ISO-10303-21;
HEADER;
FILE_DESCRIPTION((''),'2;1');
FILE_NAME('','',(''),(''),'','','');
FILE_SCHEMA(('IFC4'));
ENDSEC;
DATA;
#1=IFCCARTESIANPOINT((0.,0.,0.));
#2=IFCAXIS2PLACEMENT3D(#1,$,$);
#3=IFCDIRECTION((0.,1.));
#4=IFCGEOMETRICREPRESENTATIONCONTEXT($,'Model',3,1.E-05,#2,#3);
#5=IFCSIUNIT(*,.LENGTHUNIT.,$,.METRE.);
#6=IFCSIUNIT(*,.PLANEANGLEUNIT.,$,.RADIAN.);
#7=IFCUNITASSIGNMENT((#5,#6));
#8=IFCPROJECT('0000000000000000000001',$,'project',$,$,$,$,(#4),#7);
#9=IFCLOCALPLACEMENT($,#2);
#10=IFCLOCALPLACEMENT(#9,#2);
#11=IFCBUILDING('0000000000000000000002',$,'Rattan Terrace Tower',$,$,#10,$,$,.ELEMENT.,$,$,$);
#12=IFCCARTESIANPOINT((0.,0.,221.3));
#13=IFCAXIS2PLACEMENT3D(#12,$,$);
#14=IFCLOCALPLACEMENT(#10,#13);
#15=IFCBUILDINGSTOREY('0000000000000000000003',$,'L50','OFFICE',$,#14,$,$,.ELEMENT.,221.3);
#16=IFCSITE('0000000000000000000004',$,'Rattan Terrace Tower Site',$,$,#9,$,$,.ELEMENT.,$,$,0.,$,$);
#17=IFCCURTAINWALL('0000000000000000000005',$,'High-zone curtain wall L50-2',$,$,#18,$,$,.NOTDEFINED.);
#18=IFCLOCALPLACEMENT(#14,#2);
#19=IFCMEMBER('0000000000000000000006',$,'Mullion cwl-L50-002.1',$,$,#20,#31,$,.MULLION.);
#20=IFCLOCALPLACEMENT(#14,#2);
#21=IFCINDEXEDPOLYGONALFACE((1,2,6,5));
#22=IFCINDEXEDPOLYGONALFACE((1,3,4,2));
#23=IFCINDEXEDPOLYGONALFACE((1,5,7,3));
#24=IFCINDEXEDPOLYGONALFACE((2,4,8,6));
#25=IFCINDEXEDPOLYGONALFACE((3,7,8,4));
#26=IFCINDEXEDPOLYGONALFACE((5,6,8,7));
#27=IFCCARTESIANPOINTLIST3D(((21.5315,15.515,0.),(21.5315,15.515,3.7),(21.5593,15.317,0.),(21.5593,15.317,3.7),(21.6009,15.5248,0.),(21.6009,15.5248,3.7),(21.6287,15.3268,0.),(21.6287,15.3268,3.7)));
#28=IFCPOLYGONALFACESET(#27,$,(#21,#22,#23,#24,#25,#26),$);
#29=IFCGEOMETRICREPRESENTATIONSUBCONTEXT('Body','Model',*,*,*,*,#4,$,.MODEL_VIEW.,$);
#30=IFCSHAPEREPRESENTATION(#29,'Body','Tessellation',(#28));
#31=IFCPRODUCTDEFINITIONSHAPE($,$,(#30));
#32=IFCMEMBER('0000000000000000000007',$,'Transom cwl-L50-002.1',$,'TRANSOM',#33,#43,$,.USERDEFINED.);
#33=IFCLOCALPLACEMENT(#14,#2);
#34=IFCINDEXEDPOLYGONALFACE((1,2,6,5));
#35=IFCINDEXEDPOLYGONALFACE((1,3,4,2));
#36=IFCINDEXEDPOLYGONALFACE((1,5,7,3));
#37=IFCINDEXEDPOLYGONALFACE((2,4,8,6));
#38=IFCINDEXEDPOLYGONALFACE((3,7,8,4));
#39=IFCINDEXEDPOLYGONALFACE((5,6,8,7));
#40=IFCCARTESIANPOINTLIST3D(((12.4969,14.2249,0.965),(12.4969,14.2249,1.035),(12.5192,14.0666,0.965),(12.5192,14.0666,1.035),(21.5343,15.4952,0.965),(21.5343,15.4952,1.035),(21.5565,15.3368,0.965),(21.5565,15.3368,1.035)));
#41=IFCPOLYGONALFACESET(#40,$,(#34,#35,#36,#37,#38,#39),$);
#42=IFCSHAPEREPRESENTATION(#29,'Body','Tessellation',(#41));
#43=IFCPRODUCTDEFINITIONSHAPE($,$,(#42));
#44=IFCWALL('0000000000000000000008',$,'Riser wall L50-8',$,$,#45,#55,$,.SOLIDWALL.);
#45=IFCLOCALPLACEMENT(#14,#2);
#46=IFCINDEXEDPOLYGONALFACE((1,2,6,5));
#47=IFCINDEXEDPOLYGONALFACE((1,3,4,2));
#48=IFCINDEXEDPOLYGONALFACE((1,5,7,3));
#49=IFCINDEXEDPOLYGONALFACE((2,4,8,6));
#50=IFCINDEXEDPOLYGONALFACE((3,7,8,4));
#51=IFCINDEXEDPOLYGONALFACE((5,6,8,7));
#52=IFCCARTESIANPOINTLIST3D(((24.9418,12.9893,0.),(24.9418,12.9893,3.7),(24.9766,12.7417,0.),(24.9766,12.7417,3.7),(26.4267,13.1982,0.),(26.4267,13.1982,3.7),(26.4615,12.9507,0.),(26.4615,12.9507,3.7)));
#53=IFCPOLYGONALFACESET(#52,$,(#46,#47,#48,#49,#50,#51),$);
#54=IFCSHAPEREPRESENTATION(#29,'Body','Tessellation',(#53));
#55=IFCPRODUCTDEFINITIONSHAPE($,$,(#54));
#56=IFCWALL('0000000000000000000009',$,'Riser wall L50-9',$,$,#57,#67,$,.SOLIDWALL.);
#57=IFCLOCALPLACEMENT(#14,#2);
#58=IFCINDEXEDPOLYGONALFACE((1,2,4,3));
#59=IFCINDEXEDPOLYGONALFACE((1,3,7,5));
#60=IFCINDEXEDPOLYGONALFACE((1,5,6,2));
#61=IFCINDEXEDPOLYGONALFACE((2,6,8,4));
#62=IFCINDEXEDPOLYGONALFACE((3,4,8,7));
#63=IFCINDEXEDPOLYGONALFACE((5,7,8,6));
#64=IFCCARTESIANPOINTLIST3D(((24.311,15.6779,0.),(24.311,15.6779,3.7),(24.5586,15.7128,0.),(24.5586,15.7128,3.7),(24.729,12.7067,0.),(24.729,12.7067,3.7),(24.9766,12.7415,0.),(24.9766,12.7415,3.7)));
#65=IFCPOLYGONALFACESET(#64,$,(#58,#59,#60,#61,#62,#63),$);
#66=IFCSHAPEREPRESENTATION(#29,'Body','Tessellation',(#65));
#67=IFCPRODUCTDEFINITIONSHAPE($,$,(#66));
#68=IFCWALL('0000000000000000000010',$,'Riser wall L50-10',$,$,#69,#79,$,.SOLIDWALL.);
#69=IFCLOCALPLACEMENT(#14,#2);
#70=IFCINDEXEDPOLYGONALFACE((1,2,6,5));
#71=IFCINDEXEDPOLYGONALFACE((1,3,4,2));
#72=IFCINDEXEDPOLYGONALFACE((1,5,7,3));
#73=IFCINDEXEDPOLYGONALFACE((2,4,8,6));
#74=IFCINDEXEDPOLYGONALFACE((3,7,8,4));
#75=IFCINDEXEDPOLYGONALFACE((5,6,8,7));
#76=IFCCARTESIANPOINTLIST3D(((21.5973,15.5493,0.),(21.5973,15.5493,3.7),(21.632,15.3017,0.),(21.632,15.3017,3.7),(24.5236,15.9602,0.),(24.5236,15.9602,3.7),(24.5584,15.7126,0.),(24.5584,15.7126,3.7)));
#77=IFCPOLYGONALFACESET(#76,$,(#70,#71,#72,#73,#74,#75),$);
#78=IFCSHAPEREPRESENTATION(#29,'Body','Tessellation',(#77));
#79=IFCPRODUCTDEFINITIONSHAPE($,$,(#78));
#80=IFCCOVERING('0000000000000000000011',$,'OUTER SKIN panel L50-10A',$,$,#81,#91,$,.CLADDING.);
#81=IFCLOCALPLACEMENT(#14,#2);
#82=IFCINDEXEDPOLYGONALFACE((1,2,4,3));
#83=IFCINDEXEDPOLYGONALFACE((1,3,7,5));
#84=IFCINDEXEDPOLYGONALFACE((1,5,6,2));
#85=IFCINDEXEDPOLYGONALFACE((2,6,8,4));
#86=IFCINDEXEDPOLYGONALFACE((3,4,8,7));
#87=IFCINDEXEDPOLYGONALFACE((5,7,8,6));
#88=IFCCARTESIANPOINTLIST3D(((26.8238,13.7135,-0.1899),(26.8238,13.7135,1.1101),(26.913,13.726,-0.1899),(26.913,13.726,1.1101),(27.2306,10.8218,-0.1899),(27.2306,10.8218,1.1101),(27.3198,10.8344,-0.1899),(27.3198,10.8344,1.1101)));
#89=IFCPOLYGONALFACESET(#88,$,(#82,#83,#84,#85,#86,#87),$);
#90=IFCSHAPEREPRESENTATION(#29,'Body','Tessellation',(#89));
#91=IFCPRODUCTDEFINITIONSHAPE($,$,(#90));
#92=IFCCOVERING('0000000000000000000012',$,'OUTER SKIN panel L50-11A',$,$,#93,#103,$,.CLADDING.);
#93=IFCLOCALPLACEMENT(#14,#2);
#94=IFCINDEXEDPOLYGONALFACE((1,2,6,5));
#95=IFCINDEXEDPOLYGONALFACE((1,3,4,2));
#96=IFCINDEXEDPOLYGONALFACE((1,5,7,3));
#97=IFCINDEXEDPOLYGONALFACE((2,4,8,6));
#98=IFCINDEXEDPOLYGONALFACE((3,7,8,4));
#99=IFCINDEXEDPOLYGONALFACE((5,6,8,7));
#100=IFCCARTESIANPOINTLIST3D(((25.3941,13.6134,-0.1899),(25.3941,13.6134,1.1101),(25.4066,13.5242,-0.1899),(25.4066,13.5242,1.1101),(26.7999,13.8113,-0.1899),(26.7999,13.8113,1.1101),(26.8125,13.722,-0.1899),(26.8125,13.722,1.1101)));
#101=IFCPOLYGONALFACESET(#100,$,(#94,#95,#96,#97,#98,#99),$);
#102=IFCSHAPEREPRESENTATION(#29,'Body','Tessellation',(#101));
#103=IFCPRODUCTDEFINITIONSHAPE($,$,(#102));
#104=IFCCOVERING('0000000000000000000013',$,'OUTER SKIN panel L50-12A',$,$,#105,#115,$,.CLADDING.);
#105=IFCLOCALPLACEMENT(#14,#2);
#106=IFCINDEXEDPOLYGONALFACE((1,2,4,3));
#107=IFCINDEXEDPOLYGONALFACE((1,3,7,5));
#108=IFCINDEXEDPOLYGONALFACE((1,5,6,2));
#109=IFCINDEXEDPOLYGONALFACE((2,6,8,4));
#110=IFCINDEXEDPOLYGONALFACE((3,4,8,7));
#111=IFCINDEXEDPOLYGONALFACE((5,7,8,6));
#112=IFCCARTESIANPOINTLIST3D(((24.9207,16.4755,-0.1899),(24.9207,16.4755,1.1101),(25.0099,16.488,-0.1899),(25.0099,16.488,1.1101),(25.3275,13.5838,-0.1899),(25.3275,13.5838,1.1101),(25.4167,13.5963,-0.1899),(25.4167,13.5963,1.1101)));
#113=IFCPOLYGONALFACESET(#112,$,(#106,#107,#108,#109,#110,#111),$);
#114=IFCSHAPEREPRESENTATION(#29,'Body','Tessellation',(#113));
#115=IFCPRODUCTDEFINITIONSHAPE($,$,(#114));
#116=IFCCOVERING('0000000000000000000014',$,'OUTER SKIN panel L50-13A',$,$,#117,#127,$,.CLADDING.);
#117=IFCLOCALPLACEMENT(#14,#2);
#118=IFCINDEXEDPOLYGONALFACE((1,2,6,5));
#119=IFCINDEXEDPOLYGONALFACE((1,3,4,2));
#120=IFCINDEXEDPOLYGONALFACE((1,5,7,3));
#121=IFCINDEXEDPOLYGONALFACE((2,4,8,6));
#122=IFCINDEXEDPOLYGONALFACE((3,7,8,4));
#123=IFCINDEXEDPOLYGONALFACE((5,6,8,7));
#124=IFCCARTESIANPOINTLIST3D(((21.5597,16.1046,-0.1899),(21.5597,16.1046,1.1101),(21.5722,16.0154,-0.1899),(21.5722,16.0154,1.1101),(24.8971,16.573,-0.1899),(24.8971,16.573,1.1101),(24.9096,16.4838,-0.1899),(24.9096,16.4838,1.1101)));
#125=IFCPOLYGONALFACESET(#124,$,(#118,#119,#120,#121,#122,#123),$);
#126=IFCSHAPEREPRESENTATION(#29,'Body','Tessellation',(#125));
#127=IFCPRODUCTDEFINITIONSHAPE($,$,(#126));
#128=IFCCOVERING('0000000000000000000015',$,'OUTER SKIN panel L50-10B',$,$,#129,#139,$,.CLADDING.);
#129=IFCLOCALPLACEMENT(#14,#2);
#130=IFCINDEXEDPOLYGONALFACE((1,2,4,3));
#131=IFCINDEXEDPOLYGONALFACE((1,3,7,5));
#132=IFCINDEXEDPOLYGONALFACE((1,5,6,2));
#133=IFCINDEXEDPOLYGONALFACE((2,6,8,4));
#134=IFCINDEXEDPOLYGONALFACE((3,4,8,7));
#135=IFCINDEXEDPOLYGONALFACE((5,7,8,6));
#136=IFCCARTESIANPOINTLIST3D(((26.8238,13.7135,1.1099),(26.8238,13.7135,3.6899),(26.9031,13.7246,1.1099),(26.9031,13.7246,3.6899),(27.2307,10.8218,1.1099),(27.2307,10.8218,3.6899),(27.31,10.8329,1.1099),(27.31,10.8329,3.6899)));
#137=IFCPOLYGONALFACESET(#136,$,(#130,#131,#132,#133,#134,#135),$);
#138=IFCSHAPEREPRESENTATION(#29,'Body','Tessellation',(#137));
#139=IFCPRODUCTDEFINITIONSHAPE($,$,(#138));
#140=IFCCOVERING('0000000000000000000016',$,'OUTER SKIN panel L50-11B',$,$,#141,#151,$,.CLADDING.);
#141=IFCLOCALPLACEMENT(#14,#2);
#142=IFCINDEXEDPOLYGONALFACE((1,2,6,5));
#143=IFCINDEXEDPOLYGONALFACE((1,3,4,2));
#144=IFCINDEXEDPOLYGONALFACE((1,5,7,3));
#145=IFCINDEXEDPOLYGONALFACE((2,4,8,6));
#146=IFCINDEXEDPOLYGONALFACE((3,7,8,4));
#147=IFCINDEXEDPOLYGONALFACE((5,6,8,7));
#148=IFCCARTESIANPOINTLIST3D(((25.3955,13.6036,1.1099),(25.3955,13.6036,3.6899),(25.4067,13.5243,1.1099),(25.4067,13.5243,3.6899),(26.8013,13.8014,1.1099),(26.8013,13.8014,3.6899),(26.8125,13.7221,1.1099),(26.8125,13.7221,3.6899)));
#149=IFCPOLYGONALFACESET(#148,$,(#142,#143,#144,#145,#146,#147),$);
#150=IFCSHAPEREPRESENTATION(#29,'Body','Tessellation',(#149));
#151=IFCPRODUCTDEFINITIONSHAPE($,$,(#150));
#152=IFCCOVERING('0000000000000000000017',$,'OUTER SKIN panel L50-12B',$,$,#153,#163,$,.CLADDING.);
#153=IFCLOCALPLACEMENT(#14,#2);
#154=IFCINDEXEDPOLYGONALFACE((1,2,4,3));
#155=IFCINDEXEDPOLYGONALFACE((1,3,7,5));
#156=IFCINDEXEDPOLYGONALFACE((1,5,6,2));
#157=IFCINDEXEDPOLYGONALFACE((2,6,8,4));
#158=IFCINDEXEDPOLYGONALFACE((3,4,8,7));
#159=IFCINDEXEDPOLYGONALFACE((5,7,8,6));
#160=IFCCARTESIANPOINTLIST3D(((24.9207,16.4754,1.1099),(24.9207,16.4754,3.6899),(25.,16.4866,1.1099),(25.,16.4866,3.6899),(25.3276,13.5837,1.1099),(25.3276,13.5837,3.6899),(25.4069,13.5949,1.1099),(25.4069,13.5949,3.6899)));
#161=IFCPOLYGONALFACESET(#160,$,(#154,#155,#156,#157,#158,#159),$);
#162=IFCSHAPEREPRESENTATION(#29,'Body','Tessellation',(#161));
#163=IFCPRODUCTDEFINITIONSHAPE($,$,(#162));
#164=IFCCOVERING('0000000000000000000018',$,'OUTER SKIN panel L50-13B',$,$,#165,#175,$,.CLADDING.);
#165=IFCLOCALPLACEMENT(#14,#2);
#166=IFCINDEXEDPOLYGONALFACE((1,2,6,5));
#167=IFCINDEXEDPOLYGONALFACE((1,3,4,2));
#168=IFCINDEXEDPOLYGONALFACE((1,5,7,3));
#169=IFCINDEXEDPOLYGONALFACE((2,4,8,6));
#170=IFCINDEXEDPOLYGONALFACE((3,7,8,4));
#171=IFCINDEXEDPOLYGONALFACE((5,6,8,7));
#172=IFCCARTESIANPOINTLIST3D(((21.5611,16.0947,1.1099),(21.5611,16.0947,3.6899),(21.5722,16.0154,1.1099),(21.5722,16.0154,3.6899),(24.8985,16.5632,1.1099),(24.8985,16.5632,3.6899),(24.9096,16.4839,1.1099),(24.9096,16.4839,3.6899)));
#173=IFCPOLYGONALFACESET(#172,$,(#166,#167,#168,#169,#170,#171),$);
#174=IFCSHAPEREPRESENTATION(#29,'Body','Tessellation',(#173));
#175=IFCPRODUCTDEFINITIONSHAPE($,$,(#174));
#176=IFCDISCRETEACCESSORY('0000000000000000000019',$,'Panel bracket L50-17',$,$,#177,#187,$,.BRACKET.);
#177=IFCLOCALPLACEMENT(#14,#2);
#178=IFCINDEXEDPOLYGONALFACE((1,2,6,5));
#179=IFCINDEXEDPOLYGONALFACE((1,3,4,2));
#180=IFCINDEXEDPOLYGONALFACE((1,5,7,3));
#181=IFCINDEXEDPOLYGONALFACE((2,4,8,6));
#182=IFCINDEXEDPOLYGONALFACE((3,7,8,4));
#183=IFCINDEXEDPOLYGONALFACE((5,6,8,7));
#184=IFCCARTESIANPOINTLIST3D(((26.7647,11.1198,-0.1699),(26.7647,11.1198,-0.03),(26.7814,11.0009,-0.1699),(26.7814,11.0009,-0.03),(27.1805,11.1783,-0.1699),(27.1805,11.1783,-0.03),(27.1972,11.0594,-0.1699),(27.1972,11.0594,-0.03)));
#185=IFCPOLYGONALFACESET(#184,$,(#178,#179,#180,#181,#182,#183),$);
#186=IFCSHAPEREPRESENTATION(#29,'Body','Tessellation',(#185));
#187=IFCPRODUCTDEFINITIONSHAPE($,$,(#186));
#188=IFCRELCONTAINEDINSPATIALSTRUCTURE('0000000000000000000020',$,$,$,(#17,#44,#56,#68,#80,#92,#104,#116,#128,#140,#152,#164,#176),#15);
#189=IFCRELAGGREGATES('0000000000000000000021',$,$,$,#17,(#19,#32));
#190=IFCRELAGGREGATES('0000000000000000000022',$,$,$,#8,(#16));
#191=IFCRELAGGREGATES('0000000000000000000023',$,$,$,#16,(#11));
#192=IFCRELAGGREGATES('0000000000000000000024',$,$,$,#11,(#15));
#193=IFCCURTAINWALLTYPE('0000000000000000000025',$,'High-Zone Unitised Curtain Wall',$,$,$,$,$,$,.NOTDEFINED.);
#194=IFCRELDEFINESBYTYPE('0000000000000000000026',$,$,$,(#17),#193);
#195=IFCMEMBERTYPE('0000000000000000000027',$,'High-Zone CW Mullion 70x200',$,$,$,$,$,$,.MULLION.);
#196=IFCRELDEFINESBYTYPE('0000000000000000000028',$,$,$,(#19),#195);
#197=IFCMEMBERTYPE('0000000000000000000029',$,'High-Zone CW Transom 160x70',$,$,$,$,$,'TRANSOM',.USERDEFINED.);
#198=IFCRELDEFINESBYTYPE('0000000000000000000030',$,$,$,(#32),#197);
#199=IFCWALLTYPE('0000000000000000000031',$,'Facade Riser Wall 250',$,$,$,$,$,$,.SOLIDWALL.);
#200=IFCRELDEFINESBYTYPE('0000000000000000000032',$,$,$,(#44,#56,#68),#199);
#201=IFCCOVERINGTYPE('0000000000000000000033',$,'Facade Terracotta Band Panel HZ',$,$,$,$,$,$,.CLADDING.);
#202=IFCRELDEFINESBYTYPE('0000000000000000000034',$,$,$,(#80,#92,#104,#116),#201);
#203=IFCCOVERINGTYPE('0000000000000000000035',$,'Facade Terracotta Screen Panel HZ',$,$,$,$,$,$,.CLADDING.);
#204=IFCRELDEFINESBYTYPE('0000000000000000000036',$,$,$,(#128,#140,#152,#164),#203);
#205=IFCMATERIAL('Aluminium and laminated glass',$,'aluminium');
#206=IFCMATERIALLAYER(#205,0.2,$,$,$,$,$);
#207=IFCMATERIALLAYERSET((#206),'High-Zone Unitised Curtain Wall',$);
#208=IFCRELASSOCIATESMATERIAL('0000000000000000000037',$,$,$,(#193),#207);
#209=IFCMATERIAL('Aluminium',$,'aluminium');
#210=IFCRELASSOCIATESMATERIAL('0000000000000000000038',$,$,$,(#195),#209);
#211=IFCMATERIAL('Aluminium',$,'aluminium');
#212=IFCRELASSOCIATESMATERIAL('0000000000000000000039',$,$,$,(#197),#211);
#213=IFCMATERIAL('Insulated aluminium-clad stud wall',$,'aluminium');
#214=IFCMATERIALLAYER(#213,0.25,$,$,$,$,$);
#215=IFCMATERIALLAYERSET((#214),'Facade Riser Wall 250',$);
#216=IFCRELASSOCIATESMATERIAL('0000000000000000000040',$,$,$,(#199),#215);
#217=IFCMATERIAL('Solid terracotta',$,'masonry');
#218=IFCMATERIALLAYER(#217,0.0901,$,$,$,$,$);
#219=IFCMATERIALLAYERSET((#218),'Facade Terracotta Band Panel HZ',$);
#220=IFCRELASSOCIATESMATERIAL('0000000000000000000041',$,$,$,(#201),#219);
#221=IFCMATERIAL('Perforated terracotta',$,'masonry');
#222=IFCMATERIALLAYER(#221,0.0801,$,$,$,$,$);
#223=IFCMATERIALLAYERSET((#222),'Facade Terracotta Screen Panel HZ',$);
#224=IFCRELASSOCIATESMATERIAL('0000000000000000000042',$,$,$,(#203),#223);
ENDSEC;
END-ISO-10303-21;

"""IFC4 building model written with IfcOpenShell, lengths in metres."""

from ifc_helpers import new_model, si_unit, direction, frame, frame_2d, origin, origin_2d, place, context, subcontext, project, spatial, rectangle, extrude, material, layer, layer_set, material_profile, profile_set, type_object, element, aggregate, save


model = new_model("IFC4")

# Units and contexts
model_context = context("Model", 3, precision=1e-05, world=origin(), true_north=direction((0.0, 1.0)))
body_context = subcontext(model_context, "Body", "Model", "MODEL_VIEW")
ifc_project = project(units=[si_unit("LENGTHUNIT", "METRE"), si_unit("PLANEANGLEUNIT", "RADIAN")], contexts=[model_context])

# Site, building, storey
site_placement = place(None, origin())
site = spatial("IfcSite", under=ifc_project, at=site_placement, Name="Rattan Terrace Tower Site", CompositionType="ELEMENT", RefElevation=0.0)
building_placement = place(site_placement, origin())
building = spatial("IfcBuilding", under=site, at=building_placement, Name="Rattan Terrace Tower", CompositionType="ELEMENT")
storey_placement = place(building_placement, frame((0.0, 0.0, 221.3)))
storey = spatial("IfcBuildingStorey", under=building, at=storey_placement, Name="L50", Description="OFFICE", CompositionType="ELEMENT", Elevation=221.3)

# Curtain wall, members
ifc_material_1 = material(Name="Aluminium and laminated glass", Category="aluminium")
ifc_layer_1 = layer(ifc_material_1, 0.2)
ifc_layer_set_1 = layer_set([ifc_layer_1], Name="High-Zone Unitised Curtain Wall")
curtain_wall_type = type_object("IfcCurtainWallType", Name="High-Zone Unitised Curtain Wall", PredefinedType="NOTDEFINED", material=ifc_layer_set_1)
curtain_wall_placement = place(storey_placement, origin())
curtain_wall = element("IfcCurtainWall", 1, at=curtain_wall_placement, inside=storey, type_object=curtain_wall_type, Name="High-zone curtain wall L50-2", PredefinedType="NOTDEFINED")
ifc_material_2 = material(Name="Aluminium", Category="aluminium")
ifc_material_profile_1 = material_profile(ifc_material_2, rectangle(XDim=0.0701, YDim=0.2, at=origin_2d()), Name="Aluminium 70x200")
ifc_profile_set_1 = profile_set([ifc_material_profile_1], Name="Aluminium")
member_type_1 = type_object("IfcMemberType", Name="High-Zone CW Mullion 70x200", PredefinedType="MULLION", material=ifc_profile_set_1)
member_1_placement = place(storey_placement, frame((21.5801, 15.4209, 0.0), z_axis=(0.0, 0.0, 1.0), x_axis=(-0.990267, -0.139177, 0.0)))
member_1 = element("IfcMember", 2, at=member_1_placement, type_object=member_type_1, Name="Mullion cwl-L50-002.1", PredefinedType="MULLION", context=body_context, shape_type="SweptSolid", body=[
    extrude(rectangle(XDim=0.0701, YDim=0.2, at=origin_2d()), origin(), (0.0, 0.0, 1.0), 3.7),
])
ifc_material_3 = material(Name="Aluminium", Category="aluminium")
ifc_material_profile_2 = material_profile(ifc_material_3, rectangle(XDim=0.1599, YDim=0.0701, at=origin_2d()), Name="Aluminium 160x70")
ifc_profile_set_2 = profile_set([ifc_material_profile_2], Name="Aluminium")
member_type_2 = type_object("IfcMemberType", Name="High-Zone CW Transom 160x70", ElementType="TRANSOM", PredefinedType="USERDEFINED", material=ifc_profile_set_2)
member_2_placement = place(storey_placement, frame((21.5454, 15.416, 1.0), z_axis=(-0.990266, -0.139189, 0.0), x_axis=(0.139189, -0.990266, 0.0)))
member_2 = element("IfcMember", 3, at=member_2_placement, type_object=member_type_2, Name="Transom cwl-L50-002.1", ObjectType="TRANSOM", PredefinedType="USERDEFINED", context=body_context, shape_type="SweptSolid", body=[
    extrude(rectangle(XDim=0.1599, YDim=0.0701, at=origin_2d()), origin(), (0.0, 0.0, 1.0), 9.1262),
])
aggregate(curtain_wall, [member_1, member_2])

# Walls
ifc_material_4 = material(Name="Insulated aluminium-clad stud wall", Category="aluminium")
ifc_layer_2 = layer(ifc_material_4, 0.25)
ifc_layer_set_2 = layer_set([ifc_layer_2], Name="Facade Riser Wall 250")
wall_type = type_object("IfcWallType", Name="Facade Riser Wall 250", PredefinedType="SOLIDWALL", material=ifc_layer_set_2)
wall_1_placement = place(storey_placement, frame((26.4441, 13.0745, 0.0), z_axis=(0.0, 0.0, 1.0), x_axis=(-0.99024, -0.13937, 0.0)))
element("IfcWall", 4, at=wall_1_placement, inside=storey, type_object=wall_type, Name="Riser wall L50-8", PredefinedType="SOLIDWALL", context=body_context, shape_type="SweptSolid", body=[
    extrude(rectangle(XDim=1.4995, YDim=0.25, at=frame_2d((0.7498, 0.0))), origin(), (0.0, 0.0, 1.0), 3.7),
])
wall_2_placement = place(storey_placement, frame((24.8528, 12.7241, 0.0), z_axis=(0.0, 0.0, 1.0), x_axis=(-0.139302, 0.99025, 0.0)))
element("IfcWall", 5, at=wall_2_placement, inside=storey, type_object=wall_type, Name="Riser wall L50-9", PredefinedType="SOLIDWALL", context=body_context, shape_type="SweptSolid", body=[
    extrude(rectangle(XDim=3.0005, YDim=0.25, at=frame_2d((1.5002, 0.0))), origin(), (0.0, 0.0, 1.0), 3.7),
])
wall_3_placement = place(storey_placement, frame((24.541, 15.8364, 0.0), z_axis=(0.0, 0.0, 1.0), x_axis=(-0.990285, -0.13905, 0.0)))
element("IfcWall", 6, at=wall_3_placement, inside=storey, type_object=wall_type, Name="Riser wall L50-10", PredefinedType="SOLIDWALL", context=body_context, shape_type="SweptSolid", body=[
    extrude(rectangle(XDim=2.9551, YDim=0.25, at=frame_2d((1.4775, 0.0))), origin(), (0.0, 0.0, 1.0), 3.7),
])

# Coverings
ifc_material_5 = material(Name="Solid terracotta", Category="masonry")
ifc_layer_3 = layer(ifc_material_5, 0.0901)
ifc_layer_set_3 = layer_set([ifc_layer_3], Name="Facade Terracotta Band Panel HZ")
covering_type_1 = type_object("IfcCoveringType", Name="Facade Terracotta Band Panel HZ", PredefinedType="CLADDING", material=ifc_layer_set_3)
covering_1_placement = place(storey_placement, frame((27.0718, 12.2739, -0.1899), z_axis=(0.0, 0.0, 1.0), x_axis=(-0.139321, 0.990247, 0.0)))
element("IfcCovering", 7, at=covering_1_placement, inside=storey, type_object=covering_type_1, Name="OUTER SKIN panel L50-10A", PredefinedType="CLADDING", context=body_context, shape_type="SweptSolid", body=[
    extrude(rectangle(XDim=2.9202, YDim=0.0901, at=origin_2d()), origin(), (0.0, 0.0, 1.0), 1.3),
])
covering_2_placement = place(storey_placement, frame((26.1033, 13.6677, -0.1899), z_axis=(0.0, 0.0, 1.0), x_axis=(-0.990241, -0.139367, 0.0)))
element("IfcCovering", 8, at=covering_2_placement, inside=storey, type_object=covering_type_1, Name="OUTER SKIN panel L50-11A", PredefinedType="CLADDING", context=body_context, shape_type="SweptSolid", body=[
    extrude(rectangle(XDim=1.4197, YDim=0.0901, at=origin_2d()), origin(), (0.0, 0.0, 1.0), 1.3),
])
covering_3_placement = place(storey_placement, frame((25.1687, 15.0359, -0.1899), z_axis=(0.0, 0.0, 1.0), x_axis=(-0.139321, 0.990247, 0.0)))
element("IfcCovering", 9, at=covering_3_placement, inside=storey, type_object=covering_type_1, Name="OUTER SKIN panel L50-12A", PredefinedType="CLADDING", context=body_context, shape_type="SweptSolid", body=[
    extrude(rectangle(XDim=2.9202, YDim=0.0901, at=origin_2d()), origin(), (0.0, 0.0, 1.0), 1.3),
])
covering_4_placement = place(storey_placement, frame((23.2346, 16.2942, -0.1899), z_axis=(0.0, 0.0, 1.0), x_axis=(-0.990293, -0.138994, 0.0)))
element("IfcCovering", 10, at=covering_4_placement, inside=storey, type_object=covering_type_1, Name="OUTER SKIN panel L50-13A", PredefinedType="CLADDING", context=body_context, shape_type="SweptSolid", body=[
    extrude(rectangle(XDim=3.3701, YDim=0.0901, at=origin_2d()), origin(), (0.0, 0.0, 1.0), 1.3),
])
ifc_material_6 = material(Name="Perforated terracotta", Category="masonry")
ifc_layer_4 = layer(ifc_material_6, 0.0801)
ifc_layer_set_4 = layer_set([ifc_layer_4], Name="Facade Terracotta Screen Panel HZ")
covering_type_2 = type_object("IfcCoveringType", Name="Facade Terracotta Screen Panel HZ", PredefinedType="CLADDING", material=ifc_layer_set_4)
covering_5_placement = place(storey_placement, frame((27.0669, 12.2732, 1.1099), z_axis=(0.0, 0.0, 1.0), x_axis=(-0.139321, 0.990247, 0.0)))
element("IfcCovering", 11, at=covering_5_placement, inside=storey, type_object=covering_type_2, Name="OUTER SKIN panel L50-10B", PredefinedType="CLADDING", context=body_context, shape_type="SweptSolid", body=[
    extrude(rectangle(XDim=2.9202, YDim=0.0801, at=origin_2d()), origin(), (0.0, 0.0, 1.0), 2.5801),
])
covering_6_placement = place(storey_placement, frame((26.104, 13.6628, 1.1099), z_axis=(0.0, 0.0, 1.0), x_axis=(-0.990241, -0.139367, 0.0)))
element("IfcCovering", 12, at=covering_6_placement, inside=storey, type_object=covering_type_2, Name="OUTER SKIN panel L50-11B", PredefinedType="CLADDING", context=body_context, shape_type="SweptSolid", body=[
    extrude(rectangle(XDim=1.4197, YDim=0.0801, at=origin_2d()), origin(), (0.0, 0.0, 1.0), 2.5801),
])
covering_7_placement = place(storey_placement, frame((25.1638, 15.0352, 1.1099), z_axis=(0.0, 0.0, 1.0), x_axis=(-0.139321, 0.990247, 0.0)))
element("IfcCovering", 13, at=covering_7_placement, inside=storey, type_object=covering_type_2, Name="OUTER SKIN panel L50-12B", PredefinedType="CLADDING", context=body_context, shape_type="SweptSolid", body=[
    extrude(rectangle(XDim=2.9202, YDim=0.0801, at=origin_2d()), origin(), (0.0, 0.0, 1.0), 2.5801),
])
covering_8_placement = place(storey_placement, frame((23.2354, 16.2893, 1.1099), z_axis=(0.0, 0.0, 1.0), x_axis=(-0.990293, -0.138994, 0.0)))
element("IfcCovering", 14, at=covering_8_placement, inside=storey, type_object=covering_type_2, Name="OUTER SKIN panel L50-13B", PredefinedType="CLADDING", context=body_context, shape_type="SweptSolid", body=[
    extrude(rectangle(XDim=3.3701, YDim=0.0801, at=origin_2d()), origin(), (0.0, 0.0, 1.0), 2.5801),
])

# Discrete accessory
for number, where, z_axis, x_axis, name in (
    (15, (26.981, 11.0896, -0.1699), (0.0, 0.0, 1.0), (-0.139321, 0.990247, 0.0), "Panel bracket L50-17"),
):
    element("IfcDiscreteAccessory", number, at=place(storey_placement, frame(where, z_axis=z_axis, x_axis=x_axis)), inside=storey, Name=name, PredefinedType="BRACKET", context=body_context, shape_type="SweptSolid", body=[
        extrude(rectangle(XDim=0.1201, YDim=0.4199, at=origin_2d()), origin(), (0.0, 0.0, 1.0), 0.1399),
    ])

save(model, "model.ifc")
